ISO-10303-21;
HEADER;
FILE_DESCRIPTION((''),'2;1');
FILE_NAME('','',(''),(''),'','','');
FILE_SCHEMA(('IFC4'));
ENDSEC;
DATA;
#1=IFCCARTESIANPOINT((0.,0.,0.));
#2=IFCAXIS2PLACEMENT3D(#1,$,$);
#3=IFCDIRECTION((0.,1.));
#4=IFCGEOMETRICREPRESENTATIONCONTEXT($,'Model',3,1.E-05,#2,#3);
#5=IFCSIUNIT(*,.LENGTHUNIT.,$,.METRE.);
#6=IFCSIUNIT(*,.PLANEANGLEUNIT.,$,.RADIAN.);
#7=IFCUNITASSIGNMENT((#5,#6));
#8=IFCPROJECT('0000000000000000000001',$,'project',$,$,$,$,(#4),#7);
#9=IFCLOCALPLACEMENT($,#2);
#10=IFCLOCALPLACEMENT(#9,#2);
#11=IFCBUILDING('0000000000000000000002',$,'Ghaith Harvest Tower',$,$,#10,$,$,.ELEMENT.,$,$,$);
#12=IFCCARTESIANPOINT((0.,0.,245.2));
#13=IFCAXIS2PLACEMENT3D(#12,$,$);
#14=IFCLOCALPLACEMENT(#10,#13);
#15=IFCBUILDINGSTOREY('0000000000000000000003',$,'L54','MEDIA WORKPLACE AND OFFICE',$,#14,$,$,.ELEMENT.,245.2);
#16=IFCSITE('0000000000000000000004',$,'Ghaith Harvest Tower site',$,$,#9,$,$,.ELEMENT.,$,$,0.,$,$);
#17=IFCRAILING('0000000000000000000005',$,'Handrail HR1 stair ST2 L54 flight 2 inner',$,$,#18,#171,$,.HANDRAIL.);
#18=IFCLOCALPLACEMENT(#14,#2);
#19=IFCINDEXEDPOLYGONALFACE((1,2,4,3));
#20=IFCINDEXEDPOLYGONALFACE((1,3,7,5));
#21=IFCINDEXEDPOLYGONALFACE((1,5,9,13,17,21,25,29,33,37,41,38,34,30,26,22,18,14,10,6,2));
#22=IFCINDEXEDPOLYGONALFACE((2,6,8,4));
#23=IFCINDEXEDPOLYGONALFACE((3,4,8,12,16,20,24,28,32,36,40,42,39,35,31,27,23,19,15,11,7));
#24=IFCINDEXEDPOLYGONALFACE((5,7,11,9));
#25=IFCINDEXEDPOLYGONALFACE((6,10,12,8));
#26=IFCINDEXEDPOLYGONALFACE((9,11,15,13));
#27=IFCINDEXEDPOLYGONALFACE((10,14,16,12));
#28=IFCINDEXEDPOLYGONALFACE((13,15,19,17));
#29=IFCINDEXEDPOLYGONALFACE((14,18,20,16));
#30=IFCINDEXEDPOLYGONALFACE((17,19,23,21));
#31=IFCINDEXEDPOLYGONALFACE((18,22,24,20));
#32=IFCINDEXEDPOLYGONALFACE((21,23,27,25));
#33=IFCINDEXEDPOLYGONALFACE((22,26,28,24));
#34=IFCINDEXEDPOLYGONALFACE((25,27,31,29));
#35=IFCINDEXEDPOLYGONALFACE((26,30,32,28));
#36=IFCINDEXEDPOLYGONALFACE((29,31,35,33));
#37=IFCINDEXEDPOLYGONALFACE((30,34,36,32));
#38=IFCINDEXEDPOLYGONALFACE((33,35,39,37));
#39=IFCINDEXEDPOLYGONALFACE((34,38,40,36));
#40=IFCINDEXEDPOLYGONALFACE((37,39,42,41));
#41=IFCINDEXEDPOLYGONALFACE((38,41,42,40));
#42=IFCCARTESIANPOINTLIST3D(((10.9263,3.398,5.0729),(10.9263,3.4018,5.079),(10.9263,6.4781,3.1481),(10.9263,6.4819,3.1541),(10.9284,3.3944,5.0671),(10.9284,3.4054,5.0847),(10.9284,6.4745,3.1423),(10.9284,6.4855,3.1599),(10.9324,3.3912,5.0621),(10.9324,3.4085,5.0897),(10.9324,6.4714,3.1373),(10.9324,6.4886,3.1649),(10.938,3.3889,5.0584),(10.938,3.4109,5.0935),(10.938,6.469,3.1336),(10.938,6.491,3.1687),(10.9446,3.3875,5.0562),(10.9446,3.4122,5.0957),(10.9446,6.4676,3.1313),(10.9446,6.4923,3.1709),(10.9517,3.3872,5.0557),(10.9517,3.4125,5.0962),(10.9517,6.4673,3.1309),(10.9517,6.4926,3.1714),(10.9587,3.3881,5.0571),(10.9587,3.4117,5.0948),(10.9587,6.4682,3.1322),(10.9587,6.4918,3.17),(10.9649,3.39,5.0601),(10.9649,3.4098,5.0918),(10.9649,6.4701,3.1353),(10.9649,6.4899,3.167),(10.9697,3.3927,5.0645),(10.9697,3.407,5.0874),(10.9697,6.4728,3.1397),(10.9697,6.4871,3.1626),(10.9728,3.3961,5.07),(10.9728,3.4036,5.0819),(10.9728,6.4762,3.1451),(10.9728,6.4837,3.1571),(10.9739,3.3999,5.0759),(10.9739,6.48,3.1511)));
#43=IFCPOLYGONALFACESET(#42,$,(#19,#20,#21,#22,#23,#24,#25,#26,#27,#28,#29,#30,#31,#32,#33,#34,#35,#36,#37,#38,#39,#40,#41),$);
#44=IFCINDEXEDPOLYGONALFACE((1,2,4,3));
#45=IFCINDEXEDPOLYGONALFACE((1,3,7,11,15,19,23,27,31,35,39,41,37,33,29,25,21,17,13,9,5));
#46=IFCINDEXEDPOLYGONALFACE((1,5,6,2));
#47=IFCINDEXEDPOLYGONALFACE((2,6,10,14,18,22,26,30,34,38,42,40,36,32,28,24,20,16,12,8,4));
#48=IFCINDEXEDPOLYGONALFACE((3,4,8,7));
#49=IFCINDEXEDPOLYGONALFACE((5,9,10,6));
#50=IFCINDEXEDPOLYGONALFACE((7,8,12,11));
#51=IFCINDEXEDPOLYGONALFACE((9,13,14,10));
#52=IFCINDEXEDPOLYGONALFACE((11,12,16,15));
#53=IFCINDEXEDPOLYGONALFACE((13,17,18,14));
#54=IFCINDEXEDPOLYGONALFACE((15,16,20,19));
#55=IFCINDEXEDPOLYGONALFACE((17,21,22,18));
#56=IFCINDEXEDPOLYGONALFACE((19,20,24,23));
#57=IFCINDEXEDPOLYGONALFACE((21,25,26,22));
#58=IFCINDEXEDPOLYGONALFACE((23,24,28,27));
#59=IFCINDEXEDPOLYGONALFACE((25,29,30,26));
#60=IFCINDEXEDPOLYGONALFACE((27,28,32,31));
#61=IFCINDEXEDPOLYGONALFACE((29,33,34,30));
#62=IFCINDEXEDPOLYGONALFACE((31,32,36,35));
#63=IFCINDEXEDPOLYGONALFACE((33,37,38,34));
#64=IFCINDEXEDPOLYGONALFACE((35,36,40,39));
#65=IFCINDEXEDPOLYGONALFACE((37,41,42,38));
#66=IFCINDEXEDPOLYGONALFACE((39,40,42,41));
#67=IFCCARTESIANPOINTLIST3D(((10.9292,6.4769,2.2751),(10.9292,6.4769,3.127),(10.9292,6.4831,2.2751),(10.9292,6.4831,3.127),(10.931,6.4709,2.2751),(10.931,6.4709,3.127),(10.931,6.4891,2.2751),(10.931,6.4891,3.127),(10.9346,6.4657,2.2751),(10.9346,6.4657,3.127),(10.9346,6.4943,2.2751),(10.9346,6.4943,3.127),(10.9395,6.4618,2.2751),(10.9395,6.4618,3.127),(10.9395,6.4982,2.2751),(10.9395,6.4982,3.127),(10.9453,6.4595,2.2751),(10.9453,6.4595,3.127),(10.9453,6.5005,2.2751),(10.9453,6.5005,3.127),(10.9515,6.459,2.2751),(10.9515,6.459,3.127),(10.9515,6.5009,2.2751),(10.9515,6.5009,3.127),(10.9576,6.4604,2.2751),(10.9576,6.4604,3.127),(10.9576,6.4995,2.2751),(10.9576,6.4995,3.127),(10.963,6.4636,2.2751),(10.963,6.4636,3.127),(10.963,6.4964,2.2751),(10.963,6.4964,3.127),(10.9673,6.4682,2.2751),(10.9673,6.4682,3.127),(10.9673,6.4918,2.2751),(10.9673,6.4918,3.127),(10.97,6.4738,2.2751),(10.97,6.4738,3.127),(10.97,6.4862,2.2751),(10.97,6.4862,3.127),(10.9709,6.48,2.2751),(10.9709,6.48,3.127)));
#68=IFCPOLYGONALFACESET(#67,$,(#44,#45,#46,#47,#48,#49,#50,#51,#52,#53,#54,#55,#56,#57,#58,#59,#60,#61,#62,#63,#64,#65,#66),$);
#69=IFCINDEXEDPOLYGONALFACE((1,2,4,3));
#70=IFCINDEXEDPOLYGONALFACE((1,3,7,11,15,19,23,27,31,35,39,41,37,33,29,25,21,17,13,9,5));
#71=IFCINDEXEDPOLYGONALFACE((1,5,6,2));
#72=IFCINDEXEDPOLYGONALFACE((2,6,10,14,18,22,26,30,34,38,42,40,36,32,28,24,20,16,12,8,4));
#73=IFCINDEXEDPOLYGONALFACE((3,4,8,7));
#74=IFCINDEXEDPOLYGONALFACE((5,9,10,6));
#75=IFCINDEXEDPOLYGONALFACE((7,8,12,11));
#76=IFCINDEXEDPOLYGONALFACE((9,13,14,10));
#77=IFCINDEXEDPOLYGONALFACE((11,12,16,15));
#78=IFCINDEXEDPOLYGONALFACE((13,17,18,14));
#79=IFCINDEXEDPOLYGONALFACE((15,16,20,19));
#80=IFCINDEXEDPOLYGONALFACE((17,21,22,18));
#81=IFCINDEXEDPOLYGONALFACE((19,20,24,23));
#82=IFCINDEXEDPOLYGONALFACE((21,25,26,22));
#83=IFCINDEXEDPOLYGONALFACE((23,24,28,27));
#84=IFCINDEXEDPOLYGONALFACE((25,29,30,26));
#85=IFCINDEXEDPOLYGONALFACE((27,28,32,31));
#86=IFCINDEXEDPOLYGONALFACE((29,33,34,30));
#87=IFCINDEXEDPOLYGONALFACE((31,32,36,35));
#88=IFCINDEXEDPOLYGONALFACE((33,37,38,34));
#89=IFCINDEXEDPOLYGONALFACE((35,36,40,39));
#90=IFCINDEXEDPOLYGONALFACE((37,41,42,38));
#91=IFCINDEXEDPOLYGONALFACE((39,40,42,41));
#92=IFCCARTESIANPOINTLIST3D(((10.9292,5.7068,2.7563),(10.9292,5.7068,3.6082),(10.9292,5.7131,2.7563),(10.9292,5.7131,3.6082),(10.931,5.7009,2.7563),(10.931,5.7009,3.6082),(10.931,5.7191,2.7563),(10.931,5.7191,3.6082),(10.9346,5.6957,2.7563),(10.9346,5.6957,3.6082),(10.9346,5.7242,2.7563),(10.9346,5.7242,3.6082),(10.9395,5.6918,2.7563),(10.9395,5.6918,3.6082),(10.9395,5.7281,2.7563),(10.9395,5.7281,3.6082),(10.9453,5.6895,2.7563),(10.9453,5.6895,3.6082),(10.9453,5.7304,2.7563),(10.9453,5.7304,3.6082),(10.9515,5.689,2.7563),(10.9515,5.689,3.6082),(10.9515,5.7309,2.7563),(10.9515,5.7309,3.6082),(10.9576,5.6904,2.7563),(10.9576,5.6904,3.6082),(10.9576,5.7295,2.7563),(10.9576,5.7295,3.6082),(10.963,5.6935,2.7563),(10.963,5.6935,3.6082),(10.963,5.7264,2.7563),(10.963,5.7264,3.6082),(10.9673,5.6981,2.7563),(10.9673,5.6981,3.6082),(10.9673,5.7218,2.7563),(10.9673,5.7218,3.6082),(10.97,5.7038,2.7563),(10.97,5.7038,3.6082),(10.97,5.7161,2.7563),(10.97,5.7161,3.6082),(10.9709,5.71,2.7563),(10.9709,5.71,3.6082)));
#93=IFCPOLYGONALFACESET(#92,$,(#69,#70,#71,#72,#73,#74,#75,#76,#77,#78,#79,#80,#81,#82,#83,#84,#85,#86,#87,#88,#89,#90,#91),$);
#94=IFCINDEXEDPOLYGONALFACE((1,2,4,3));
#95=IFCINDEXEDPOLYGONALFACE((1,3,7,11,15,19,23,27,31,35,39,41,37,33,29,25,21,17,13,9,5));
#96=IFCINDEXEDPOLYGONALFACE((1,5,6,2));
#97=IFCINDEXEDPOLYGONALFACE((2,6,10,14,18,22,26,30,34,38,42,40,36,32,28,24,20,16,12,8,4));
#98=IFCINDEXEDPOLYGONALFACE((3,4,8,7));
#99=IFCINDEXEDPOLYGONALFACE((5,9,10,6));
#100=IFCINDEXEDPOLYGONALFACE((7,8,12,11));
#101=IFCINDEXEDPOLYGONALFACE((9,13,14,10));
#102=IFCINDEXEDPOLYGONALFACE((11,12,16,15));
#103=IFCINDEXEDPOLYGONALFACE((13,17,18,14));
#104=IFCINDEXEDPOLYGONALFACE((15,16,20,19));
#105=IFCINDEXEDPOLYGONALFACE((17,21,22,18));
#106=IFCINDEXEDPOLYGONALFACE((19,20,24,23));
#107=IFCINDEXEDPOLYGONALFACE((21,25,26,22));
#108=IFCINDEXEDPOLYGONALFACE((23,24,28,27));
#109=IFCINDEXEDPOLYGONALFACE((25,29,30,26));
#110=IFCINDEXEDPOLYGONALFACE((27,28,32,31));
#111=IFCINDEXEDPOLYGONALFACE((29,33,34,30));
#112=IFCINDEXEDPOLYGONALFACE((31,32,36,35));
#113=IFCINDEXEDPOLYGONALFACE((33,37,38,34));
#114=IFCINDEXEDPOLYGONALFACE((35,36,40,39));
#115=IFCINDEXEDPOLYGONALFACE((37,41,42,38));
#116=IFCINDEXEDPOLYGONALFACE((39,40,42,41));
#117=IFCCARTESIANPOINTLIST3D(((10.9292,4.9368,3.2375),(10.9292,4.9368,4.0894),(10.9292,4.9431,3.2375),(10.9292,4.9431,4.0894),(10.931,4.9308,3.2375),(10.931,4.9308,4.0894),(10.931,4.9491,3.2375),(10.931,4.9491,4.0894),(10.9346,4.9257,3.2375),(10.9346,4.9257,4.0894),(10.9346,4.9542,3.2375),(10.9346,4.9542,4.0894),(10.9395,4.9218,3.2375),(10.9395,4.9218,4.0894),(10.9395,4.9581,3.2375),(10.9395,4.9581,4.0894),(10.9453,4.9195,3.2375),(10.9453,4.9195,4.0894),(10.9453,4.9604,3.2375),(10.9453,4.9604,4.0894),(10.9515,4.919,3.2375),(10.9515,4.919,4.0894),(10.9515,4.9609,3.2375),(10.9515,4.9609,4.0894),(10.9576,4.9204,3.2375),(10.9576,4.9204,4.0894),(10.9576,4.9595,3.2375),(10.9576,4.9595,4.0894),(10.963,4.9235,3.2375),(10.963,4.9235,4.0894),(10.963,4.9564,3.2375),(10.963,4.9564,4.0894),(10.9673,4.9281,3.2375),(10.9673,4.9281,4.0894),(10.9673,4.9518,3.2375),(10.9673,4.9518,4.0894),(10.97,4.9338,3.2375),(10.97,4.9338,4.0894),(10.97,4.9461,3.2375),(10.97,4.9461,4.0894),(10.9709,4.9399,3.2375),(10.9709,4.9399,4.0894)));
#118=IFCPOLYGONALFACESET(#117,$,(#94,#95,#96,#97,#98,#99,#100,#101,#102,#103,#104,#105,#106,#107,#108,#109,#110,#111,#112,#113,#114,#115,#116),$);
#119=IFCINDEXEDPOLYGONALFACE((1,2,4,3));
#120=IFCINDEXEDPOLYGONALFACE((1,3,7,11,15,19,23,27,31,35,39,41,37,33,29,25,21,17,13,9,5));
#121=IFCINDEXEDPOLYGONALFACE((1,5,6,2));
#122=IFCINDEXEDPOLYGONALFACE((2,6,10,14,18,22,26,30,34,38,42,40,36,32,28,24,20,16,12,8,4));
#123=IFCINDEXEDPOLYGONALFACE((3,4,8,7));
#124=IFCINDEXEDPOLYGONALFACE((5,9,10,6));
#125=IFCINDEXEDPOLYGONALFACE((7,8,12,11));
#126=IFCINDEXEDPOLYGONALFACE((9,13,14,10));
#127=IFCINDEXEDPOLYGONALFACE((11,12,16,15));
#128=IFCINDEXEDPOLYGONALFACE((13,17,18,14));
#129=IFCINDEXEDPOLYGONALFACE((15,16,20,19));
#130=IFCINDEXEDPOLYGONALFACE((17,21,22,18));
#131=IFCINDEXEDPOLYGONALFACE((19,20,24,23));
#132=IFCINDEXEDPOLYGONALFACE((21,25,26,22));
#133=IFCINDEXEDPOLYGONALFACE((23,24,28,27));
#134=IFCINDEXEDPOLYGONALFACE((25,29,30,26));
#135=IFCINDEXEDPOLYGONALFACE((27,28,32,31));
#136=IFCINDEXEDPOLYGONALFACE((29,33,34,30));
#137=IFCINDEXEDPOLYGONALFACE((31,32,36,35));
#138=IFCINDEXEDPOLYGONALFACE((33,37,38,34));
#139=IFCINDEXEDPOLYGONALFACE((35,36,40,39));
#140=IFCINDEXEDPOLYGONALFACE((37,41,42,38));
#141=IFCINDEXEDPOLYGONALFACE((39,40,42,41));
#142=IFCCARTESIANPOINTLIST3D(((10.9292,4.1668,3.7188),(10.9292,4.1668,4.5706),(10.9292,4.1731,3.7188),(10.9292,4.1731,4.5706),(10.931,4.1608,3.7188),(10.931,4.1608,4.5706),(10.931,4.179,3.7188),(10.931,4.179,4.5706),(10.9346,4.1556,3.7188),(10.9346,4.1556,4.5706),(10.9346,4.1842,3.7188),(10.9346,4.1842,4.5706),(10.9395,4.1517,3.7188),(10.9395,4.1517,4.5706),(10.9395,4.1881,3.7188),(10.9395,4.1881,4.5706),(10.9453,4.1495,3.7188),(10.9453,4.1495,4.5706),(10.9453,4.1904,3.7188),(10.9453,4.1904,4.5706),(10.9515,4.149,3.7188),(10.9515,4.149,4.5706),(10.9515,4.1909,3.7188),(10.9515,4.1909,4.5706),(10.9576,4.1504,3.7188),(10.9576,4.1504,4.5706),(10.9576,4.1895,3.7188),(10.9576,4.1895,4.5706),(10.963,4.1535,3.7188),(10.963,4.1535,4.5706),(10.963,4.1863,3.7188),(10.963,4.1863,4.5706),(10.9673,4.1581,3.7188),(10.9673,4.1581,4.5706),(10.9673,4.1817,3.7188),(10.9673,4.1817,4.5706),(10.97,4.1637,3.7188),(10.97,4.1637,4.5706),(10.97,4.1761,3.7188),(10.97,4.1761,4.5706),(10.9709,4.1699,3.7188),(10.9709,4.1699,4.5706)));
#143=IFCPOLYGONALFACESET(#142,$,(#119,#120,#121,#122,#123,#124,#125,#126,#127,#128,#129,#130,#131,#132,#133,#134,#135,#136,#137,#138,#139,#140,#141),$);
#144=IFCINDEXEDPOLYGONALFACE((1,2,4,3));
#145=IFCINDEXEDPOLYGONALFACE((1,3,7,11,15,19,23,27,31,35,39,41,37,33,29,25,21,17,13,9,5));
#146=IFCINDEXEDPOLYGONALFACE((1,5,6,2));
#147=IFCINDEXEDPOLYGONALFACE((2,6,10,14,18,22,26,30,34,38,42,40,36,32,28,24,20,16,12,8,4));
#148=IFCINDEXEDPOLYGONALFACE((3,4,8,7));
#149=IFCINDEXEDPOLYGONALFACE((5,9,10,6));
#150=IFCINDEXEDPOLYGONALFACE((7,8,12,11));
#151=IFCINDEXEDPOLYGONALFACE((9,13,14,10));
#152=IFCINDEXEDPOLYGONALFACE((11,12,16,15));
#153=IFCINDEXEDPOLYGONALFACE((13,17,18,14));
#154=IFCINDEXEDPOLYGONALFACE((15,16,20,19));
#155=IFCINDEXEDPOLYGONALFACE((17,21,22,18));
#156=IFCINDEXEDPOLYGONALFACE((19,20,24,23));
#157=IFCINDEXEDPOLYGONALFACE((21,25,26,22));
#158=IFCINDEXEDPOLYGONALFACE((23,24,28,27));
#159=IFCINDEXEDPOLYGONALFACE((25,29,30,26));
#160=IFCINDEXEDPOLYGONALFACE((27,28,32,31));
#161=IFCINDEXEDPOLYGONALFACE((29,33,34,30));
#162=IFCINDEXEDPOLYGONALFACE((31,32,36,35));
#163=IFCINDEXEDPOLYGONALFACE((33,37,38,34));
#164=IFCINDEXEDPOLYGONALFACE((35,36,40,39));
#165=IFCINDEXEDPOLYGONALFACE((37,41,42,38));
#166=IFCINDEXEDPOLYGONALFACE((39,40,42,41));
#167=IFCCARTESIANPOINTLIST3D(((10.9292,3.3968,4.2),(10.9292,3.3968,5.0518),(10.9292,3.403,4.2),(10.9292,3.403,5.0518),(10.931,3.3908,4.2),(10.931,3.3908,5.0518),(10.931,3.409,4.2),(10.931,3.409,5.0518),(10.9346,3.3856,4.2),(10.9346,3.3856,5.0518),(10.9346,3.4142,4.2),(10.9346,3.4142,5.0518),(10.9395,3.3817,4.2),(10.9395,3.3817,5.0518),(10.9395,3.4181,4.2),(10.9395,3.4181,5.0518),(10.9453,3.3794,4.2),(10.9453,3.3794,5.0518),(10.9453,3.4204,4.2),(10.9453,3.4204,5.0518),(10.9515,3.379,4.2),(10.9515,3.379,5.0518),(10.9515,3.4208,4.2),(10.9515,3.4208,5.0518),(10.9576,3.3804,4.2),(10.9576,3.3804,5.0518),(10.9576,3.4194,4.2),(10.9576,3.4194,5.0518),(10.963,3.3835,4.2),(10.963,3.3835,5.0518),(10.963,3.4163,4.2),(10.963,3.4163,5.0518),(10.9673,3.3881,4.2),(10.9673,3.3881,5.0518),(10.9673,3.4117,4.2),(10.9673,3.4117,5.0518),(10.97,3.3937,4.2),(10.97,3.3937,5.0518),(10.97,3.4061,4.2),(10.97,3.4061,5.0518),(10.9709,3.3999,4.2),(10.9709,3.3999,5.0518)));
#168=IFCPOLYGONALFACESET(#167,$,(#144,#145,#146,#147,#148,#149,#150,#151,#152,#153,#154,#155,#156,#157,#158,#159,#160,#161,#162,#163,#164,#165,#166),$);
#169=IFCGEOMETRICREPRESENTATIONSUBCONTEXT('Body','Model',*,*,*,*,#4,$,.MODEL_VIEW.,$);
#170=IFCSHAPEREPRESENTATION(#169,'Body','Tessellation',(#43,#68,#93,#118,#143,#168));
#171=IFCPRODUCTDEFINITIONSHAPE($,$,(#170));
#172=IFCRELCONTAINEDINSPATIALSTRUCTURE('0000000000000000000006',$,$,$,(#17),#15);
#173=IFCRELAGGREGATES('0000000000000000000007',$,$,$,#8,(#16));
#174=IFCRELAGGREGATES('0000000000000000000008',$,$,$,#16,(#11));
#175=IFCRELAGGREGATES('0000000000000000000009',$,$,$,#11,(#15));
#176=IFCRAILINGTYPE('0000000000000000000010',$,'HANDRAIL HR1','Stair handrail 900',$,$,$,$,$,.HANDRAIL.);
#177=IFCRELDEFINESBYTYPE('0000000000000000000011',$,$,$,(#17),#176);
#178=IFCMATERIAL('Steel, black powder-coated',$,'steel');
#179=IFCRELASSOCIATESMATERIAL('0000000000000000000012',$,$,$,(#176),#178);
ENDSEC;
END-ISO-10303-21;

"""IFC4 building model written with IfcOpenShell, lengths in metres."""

from ifc_helpers import new_model, si_unit, direction, frame, origin, origin_2d, place, context, subcontext, project, spatial, circle, extrude, material, type_object, element, save


model = new_model("IFC4")

# Units and contexts
model_context = context("Model", 3, precision=1e-05, world=origin(), true_north=direction((0.0, 1.0)))
body_context = subcontext(model_context, "Body", "Model", "MODEL_VIEW")
ifc_project = project(units=[si_unit("LENGTHUNIT", "METRE"), si_unit("PLANEANGLEUNIT", "RADIAN")], contexts=[model_context])

# Site, building, storey
site_placement = place(None, origin())
site = spatial("IfcSite", under=ifc_project, at=site_placement, Name="Ghaith Harvest Tower site", CompositionType="ELEMENT", RefElevation=0.0)
building_placement = place(site_placement, origin())
building = spatial("IfcBuilding", under=site, at=building_placement, Name="Ghaith Harvest Tower", CompositionType="ELEMENT")
storey_placement = place(building_placement, frame((0.0, 0.0, 245.2)))
storey = spatial("IfcBuildingStorey", under=building, at=storey_placement, Name="L54", Description="MEDIA WORKPLACE AND OFFICE", CompositionType="ELEMENT", Elevation=245.2)

# Railing
ifc_material_1 = material(Name="Steel, black powder-coated", Category="steel")
railing_type = type_object("IfcRailingType", Name="HANDRAIL HR1", Description="Stair handrail 900", PredefinedType="HANDRAIL", material=ifc_material_1)
railing_1_placement = place(storey_placement, frame((10.95, 6.48, 2.2751)))
element("IfcRailing", 1, at=railing_1_placement, inside=storey, type_object=railing_type, Name="Handrail HR1 stair ST2 L54 flight 2 inner", PredefinedType="HANDRAIL", context=body_context, shape_type="SweptSolid", body=[
    extrude(circle(Radius=0.0239, at=origin_2d()), frame((0.0, 0.0, 0.876), z_axis=(0.0, -0.848029, 0.529951), x_axis=(1.0, 0.0, 0.0)), (0.0, 0.0, 1.0), 3.6321),
    extrude(circle(Radius=0.021, at=origin_2d()), origin(), (0.0, 0.0, 1.0), 0.8518),
    extrude(circle(Radius=0.021, at=origin_2d()), frame((0.0, -0.77, 0.4812)), (0.0, 0.0, 1.0), 0.8518),
    extrude(circle(Radius=0.021, at=origin_2d()), frame((0.0, -1.54, 0.9624)), (0.0, 0.0, 1.0), 0.8518),
    extrude(circle(Radius=0.021, at=origin_2d()), frame((0.0, -2.3101, 1.4436)), (0.0, 0.0, 1.0), 0.8518),
    extrude(circle(Radius=0.021, at=origin_2d()), frame((0.0, -3.0801, 1.9248)), (0.0, 0.0, 1.0), 0.8518),
])

save(model, "model.ifc")
